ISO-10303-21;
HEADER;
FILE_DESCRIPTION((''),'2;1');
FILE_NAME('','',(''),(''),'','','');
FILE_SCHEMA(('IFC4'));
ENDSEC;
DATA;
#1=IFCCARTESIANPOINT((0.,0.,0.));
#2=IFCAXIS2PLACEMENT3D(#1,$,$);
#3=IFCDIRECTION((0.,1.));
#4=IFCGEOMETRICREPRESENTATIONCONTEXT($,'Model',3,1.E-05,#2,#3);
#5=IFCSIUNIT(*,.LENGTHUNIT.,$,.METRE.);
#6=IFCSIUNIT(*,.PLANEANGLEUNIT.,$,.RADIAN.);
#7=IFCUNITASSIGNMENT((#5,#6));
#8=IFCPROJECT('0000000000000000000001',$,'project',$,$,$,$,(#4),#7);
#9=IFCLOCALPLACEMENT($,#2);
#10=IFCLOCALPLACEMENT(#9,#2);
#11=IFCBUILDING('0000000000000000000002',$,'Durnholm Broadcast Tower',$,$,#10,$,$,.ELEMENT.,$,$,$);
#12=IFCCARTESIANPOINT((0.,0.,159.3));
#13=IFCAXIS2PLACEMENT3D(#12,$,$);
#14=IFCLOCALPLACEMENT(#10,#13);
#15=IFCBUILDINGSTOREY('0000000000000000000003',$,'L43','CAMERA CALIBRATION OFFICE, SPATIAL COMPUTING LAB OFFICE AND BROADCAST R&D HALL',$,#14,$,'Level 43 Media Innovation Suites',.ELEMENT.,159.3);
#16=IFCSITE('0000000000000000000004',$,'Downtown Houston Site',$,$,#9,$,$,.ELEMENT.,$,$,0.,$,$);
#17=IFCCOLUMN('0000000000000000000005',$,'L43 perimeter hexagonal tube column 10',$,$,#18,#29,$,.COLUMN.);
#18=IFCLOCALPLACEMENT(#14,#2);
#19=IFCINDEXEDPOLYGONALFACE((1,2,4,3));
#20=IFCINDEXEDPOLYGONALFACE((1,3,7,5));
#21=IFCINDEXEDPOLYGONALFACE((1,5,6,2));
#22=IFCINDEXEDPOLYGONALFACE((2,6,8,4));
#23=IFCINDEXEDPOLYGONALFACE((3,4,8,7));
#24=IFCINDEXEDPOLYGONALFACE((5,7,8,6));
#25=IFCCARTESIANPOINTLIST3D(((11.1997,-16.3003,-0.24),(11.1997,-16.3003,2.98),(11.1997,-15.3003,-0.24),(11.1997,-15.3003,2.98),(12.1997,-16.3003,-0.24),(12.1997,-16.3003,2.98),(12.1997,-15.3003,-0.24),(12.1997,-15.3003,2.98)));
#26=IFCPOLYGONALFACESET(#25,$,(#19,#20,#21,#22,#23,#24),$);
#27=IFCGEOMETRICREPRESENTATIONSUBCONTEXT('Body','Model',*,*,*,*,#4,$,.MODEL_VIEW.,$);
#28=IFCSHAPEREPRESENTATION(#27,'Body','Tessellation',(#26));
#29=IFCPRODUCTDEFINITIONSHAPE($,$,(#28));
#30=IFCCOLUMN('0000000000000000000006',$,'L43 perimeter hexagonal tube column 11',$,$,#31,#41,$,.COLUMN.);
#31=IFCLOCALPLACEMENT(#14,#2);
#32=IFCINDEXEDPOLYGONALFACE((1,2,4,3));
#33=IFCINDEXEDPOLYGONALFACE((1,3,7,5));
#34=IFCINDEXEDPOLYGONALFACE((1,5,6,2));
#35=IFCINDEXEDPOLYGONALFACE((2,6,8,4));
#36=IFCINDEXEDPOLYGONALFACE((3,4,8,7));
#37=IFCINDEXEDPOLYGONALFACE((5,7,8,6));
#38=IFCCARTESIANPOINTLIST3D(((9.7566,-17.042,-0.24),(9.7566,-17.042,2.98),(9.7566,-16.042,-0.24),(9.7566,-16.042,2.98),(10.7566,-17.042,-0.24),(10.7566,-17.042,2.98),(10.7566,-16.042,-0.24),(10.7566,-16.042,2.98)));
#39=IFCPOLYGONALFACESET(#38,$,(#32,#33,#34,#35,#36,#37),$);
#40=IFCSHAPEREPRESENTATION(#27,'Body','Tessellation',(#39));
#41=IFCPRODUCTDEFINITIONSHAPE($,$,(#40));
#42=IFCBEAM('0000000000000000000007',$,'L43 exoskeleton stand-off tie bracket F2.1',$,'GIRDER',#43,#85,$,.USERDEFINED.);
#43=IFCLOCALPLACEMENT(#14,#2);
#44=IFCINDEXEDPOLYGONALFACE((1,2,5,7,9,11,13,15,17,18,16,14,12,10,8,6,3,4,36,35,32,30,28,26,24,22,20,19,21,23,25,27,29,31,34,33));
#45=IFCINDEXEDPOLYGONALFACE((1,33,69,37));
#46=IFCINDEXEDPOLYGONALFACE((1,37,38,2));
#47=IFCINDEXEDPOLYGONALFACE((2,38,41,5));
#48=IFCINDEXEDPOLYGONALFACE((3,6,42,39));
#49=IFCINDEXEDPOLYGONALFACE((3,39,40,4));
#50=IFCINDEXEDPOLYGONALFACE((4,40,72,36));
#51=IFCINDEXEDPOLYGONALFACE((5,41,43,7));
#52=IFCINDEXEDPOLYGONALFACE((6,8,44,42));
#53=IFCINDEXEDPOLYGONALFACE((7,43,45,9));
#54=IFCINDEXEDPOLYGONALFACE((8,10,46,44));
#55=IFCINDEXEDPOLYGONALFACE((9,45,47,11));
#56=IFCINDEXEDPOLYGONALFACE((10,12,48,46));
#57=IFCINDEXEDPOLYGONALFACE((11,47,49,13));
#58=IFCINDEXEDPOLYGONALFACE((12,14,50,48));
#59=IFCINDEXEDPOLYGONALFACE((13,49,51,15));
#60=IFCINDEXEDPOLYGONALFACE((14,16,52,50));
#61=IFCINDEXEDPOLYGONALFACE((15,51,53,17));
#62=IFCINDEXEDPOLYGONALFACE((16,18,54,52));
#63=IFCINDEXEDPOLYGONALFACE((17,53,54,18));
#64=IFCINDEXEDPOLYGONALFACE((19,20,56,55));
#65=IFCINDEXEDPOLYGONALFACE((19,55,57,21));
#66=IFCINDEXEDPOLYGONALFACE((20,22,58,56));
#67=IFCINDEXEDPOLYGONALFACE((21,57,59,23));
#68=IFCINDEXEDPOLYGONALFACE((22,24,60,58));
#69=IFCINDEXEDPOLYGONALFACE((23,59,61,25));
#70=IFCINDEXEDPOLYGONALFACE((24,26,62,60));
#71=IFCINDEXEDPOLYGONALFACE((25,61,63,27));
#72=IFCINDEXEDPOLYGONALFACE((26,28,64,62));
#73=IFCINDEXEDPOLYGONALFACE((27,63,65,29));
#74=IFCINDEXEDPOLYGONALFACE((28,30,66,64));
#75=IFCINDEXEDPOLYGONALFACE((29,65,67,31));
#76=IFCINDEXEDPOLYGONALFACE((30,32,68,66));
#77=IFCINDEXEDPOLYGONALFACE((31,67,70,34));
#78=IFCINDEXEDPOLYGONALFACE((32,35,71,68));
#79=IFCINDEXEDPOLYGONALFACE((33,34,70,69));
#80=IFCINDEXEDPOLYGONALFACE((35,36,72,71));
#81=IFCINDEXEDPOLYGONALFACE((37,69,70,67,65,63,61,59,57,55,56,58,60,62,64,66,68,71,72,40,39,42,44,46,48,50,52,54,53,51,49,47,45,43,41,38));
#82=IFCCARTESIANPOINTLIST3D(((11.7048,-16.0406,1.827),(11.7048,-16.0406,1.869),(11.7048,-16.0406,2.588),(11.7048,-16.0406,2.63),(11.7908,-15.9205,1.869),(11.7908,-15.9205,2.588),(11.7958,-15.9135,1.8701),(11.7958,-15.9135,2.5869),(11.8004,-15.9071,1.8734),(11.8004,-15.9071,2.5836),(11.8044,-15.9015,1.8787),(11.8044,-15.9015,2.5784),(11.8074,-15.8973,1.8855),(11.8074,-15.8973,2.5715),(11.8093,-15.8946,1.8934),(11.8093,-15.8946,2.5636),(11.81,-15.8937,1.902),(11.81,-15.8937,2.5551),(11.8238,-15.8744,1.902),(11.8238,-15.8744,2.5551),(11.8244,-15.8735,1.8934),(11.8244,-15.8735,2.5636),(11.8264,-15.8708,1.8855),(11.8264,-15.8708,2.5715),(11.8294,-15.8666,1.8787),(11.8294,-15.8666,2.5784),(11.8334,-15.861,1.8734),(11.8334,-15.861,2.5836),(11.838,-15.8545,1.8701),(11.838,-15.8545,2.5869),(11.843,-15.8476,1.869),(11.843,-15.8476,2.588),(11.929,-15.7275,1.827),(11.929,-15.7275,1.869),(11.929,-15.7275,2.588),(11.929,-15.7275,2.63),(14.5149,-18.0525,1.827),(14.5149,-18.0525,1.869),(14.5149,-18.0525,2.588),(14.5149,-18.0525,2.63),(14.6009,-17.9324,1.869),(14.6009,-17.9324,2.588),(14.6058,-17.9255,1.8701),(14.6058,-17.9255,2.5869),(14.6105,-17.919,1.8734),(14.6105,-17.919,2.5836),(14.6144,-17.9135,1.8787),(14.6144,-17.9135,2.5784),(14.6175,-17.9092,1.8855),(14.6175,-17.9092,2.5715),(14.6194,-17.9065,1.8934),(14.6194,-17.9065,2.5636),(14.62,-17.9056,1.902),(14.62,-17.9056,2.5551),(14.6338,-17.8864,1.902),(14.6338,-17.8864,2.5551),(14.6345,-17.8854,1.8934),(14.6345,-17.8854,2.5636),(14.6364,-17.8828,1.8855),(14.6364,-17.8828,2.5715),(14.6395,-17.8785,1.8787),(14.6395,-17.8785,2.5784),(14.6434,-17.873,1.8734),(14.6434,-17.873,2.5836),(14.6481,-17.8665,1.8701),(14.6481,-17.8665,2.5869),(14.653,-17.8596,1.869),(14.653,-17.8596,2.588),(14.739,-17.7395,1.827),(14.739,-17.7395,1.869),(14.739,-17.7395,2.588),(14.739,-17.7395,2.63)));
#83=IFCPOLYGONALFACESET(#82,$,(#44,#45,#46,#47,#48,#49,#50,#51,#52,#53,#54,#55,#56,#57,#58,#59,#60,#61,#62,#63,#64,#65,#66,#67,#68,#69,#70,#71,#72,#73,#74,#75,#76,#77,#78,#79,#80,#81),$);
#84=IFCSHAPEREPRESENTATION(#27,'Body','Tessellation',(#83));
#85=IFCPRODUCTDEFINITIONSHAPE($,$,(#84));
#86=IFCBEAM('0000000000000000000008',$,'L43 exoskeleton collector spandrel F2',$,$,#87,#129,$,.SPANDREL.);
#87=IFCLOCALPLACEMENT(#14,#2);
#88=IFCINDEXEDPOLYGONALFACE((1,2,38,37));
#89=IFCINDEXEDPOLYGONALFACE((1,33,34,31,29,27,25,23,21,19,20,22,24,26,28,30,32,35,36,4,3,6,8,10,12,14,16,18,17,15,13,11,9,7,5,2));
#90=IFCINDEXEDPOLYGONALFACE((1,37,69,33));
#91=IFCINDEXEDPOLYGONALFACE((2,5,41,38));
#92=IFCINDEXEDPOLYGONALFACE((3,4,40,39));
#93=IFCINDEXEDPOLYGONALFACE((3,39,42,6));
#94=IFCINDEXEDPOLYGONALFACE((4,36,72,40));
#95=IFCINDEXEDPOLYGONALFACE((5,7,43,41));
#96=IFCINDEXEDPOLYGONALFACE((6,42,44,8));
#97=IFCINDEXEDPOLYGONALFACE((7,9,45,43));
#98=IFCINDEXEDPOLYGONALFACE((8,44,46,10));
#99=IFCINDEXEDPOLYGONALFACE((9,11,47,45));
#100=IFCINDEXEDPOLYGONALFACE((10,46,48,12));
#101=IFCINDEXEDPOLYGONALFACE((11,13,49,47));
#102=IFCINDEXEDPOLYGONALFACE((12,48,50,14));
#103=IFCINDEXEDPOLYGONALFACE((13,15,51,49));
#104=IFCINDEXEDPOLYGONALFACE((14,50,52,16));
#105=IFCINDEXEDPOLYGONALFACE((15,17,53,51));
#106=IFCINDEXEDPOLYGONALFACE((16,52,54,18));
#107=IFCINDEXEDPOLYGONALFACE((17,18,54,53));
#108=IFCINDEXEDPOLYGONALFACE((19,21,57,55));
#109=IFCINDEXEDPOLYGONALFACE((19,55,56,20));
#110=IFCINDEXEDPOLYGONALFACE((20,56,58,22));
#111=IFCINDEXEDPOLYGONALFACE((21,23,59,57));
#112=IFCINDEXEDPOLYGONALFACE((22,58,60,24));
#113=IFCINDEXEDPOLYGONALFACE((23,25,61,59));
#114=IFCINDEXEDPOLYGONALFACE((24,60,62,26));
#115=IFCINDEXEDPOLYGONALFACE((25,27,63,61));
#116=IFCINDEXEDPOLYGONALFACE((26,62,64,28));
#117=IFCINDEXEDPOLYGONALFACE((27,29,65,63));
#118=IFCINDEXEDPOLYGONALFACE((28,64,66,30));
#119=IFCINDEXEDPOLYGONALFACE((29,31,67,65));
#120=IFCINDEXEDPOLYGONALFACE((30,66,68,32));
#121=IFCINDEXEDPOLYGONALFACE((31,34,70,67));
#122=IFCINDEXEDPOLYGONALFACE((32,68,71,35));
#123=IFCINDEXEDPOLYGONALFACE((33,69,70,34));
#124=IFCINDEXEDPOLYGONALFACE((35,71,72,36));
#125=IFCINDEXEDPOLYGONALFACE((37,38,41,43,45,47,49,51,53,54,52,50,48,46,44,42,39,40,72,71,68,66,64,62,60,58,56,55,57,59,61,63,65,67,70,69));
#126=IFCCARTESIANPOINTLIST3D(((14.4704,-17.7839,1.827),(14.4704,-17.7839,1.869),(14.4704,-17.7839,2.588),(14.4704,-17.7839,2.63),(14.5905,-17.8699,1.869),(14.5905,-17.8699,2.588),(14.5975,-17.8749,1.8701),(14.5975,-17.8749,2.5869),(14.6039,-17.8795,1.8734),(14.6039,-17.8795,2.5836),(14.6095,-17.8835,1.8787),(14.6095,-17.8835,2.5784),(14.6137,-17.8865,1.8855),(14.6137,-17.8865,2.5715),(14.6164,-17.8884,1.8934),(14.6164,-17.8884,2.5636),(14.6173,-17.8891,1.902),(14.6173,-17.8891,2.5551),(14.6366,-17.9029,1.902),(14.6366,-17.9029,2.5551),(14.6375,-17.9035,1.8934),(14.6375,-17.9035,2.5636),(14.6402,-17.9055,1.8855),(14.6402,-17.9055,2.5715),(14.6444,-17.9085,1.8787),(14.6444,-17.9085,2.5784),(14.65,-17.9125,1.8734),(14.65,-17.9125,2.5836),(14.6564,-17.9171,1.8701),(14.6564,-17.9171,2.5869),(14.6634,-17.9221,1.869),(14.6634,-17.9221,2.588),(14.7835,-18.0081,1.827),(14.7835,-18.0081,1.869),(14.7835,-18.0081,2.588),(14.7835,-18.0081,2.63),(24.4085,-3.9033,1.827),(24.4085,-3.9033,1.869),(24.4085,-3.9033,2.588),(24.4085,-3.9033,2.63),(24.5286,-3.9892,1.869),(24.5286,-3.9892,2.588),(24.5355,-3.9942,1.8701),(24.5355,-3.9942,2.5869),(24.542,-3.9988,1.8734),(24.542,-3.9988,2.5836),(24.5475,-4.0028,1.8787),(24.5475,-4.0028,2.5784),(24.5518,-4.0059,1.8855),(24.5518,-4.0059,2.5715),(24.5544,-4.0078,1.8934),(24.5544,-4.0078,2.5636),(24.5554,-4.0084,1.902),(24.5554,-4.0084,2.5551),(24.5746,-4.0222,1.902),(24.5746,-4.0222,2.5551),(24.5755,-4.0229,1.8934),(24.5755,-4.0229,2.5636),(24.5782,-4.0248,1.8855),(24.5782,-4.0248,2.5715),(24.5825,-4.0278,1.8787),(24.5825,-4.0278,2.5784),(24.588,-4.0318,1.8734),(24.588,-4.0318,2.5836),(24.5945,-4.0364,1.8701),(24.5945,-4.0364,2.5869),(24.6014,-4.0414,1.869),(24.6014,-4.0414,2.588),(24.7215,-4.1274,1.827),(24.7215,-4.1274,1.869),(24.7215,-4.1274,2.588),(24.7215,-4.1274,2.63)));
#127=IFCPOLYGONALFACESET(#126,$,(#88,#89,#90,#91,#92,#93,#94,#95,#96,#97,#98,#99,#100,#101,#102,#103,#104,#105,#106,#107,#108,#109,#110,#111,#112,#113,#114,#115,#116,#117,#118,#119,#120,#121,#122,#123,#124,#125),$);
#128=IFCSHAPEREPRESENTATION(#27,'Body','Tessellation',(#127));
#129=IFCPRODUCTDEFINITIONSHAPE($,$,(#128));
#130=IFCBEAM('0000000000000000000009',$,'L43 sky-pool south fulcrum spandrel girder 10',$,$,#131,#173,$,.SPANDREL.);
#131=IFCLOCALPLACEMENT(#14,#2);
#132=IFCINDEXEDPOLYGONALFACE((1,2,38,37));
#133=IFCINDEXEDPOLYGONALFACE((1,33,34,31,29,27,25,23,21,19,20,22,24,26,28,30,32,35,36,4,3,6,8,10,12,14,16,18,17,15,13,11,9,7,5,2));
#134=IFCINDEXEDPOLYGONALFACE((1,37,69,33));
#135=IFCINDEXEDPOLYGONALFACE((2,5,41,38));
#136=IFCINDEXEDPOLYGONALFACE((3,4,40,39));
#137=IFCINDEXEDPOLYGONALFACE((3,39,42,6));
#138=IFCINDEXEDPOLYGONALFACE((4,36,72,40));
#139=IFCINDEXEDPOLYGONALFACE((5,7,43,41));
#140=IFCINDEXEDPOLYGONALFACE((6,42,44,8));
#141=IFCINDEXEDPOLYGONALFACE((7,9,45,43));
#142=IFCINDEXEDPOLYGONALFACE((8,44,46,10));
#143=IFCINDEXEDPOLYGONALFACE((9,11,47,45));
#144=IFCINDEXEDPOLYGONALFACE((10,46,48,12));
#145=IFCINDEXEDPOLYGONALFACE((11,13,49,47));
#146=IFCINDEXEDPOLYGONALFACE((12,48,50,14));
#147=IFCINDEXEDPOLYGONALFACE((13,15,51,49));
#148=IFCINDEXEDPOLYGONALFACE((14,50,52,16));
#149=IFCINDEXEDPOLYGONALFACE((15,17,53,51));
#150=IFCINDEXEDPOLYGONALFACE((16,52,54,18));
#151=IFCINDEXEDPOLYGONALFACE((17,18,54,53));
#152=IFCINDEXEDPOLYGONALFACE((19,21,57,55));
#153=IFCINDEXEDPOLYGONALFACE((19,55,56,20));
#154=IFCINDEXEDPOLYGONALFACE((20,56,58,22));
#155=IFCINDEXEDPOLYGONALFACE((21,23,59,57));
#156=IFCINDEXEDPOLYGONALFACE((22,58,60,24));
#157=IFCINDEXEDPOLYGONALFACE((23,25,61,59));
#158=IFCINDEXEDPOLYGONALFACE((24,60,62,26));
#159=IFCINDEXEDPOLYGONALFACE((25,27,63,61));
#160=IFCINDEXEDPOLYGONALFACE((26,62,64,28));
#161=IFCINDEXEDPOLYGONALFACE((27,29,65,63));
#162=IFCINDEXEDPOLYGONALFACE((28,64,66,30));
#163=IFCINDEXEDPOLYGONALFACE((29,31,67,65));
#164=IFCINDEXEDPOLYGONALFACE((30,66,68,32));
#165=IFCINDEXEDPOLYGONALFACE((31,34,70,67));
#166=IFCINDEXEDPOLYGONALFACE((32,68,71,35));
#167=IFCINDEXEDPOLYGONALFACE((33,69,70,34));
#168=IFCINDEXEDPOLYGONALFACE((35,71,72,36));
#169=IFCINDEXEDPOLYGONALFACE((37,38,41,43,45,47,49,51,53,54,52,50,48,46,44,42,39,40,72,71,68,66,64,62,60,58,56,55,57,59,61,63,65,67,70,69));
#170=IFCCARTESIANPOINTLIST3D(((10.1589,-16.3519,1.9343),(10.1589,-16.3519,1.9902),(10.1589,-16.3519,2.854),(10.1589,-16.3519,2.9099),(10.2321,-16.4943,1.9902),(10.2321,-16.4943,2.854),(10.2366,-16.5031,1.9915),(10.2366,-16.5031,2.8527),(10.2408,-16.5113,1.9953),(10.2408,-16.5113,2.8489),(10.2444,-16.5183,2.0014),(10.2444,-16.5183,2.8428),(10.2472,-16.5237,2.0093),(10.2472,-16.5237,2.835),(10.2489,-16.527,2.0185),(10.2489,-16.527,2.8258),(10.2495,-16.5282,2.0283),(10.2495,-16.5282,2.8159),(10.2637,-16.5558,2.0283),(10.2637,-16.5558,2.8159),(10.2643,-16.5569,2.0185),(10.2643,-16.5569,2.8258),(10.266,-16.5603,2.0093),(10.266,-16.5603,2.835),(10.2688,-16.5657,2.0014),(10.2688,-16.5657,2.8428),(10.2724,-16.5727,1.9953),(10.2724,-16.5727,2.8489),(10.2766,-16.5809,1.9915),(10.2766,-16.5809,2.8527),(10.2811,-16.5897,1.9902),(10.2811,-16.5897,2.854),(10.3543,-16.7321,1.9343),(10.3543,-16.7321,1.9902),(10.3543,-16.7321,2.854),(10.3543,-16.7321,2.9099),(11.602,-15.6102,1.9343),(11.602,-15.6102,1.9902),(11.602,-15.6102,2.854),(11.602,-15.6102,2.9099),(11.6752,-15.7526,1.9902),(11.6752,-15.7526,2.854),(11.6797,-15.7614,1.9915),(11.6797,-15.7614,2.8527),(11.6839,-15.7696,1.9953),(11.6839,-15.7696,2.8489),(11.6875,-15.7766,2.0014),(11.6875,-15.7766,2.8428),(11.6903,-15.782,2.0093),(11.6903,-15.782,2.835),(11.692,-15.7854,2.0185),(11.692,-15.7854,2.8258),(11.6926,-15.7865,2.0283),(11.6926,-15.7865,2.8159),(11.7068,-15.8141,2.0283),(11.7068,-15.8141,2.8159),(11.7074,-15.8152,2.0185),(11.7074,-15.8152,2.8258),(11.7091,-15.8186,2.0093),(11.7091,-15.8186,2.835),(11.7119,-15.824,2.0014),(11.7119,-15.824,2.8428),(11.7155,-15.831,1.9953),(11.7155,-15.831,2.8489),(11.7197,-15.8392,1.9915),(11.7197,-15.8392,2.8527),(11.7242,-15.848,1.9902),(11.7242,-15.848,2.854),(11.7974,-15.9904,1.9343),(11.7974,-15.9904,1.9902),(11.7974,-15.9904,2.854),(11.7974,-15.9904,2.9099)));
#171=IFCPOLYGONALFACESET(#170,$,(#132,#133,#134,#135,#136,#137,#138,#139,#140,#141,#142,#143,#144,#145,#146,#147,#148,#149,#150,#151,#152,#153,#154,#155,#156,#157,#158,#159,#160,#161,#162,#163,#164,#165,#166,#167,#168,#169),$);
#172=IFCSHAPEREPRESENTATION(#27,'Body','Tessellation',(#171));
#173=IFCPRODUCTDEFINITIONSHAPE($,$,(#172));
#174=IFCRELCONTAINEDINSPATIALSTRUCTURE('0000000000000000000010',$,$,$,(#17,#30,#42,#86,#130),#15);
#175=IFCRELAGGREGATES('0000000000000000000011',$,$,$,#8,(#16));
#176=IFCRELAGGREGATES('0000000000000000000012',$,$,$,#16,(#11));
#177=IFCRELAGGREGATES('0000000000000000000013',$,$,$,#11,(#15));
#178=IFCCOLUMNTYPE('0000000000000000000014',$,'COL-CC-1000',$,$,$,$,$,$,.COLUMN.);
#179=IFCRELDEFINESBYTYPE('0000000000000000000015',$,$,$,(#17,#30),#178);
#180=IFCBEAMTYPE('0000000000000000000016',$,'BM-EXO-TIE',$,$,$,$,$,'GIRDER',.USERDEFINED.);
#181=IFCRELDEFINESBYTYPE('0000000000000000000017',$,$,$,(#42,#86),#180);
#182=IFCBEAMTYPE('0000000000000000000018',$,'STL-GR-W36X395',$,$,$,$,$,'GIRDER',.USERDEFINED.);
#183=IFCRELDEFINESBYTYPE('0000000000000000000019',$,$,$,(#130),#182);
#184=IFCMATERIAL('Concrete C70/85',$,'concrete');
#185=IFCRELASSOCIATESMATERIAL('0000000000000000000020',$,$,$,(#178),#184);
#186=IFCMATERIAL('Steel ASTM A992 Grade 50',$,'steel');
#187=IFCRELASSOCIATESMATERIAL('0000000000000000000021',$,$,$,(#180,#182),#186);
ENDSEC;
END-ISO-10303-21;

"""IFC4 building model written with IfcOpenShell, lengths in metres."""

from ifc_helpers import new_model, si_unit, direction, frame, origin, origin_2d, place, context, subcontext, project, spatial, rectangle, i_section, extrude, source, transform, mapped, material, material_profile, profile_set, type_object, type_shapes, element, save


model = new_model("IFC4")

# Units and contexts
model_context = context("Model", 3, precision=1e-05, world=origin(), true_north=direction((0.0, 1.0)))
body_context = subcontext(model_context, "Body", "Model", "MODEL_VIEW")
ifc_project = project(units=[si_unit("LENGTHUNIT", "METRE"), si_unit("PLANEANGLEUNIT", "RADIAN")], contexts=[model_context])

# Site, building, storey
site_placement = place(None, origin())
site = spatial("IfcSite", under=ifc_project, at=site_placement, Name="Downtown Houston Site", CompositionType="ELEMENT", RefElevation=0.0)
building_placement = place(site_placement, origin())
building = spatial("IfcBuilding", under=site, at=building_placement, Name="Durnholm Broadcast Tower", CompositionType="ELEMENT")
storey_placement = place(building_placement, frame((0.0, 0.0, 159.3)))
storey = spatial("IfcBuildingStorey", under=building, at=storey_placement, Name="L43", Description="CAMERA CALIBRATION OFFICE, SPATIAL COMPUTING LAB OFFICE AND BROADCAST R&D HALL", LongName="Level 43 Media Innovation Suites", CompositionType="ELEMENT", Elevation=159.3)

# Columns
ifc_material_1 = material(Name="Concrete C70/85", Category="concrete")
ifc_material_profile_1 = material_profile(ifc_material_1, rectangle(XDim=1.0, YDim=1.0, at=origin_2d()), Name="RC1000X1000")
ifc_profile_set_1 = profile_set([ifc_material_profile_1], Name="Concrete C70/85")
column_type = type_object("IfcColumnType", Name="COL-CC-1000", PredefinedType="COLUMN", material=ifc_profile_set_1)
shared_shape_1 = source(origin(), body_context, "Body", "SweptSolid", [
    extrude(rectangle(XDim=1.0, YDim=1.0, at=origin_2d()), origin(), (0.0, 0.0, 1.0), 3.22),
])
type_shapes(column_type, [shared_shape_1])
for number, where, z_axis, x_axis, name in (
    (1, (11.6997, -15.8003, -0.24), (0.0, 0.0, 1.0), (1.0, 0.0, 0.0), "L43 perimeter hexagonal tube column 10"),
    (2, (10.2566, -16.542, -0.24), (0.0, 0.0, 1.0), (1.0, 0.0, 0.0), "L43 perimeter hexagonal tube column 11"),
):
    element("IfcColumn", number, at=place(storey_placement, frame(where, z_axis=z_axis, x_axis=x_axis)), inside=storey, type_object=column_type, Name=name, PredefinedType="COLUMN", context=body_context, shape_type="MappedRepresentation", body=[
        mapped(shared_shape_1, transform((0.0, 0.0, 0.0), x_axis=(1.0, 0.0, 0.0), y_axis=(0.0, 1.0, 0.0), z_axis=(0.0, 0.0, 1.0), scale=1.0)),
    ])

# Beams
ifc_material_2 = material(Name="Steel ASTM A992 Grade 50", Category="steel")
ifc_material_profile_2 = material_profile(ifc_material_2, i_section(OverallWidth=0.385, OverallDepth=0.803, WebThickness=0.0237, FlangeThickness=0.042, FilletRadius=0.033, at=origin_2d()), Name="W30X261")
ifc_profile_set_2 = profile_set([ifc_material_profile_2], Name="Steel ASTM A992 Grade 50")
beam_type_1 = type_object("IfcBeamType", Name="BM-EXO-TIE", ElementType="GIRDER", PredefinedType="USERDEFINED", material=ifc_profile_set_2)
shared_shape_2 = source(origin(), body_context, "Body", "SweptSolid", [
    extrude(i_section(OverallWidth=0.385, OverallDepth=0.803, WebThickness=0.0237, FlangeThickness=0.042, FilletRadius=0.033, at=origin_2d()), origin(), (0.0, 0.0, 1.0), 3.4561),
])
beam_1_placement = place(storey_placement, frame((11.8169, -15.884, 2.2285), z_axis=(0.813079, -0.582153, 0.0), x_axis=(0.582153, 0.813079, 0.0)))
element("IfcBeam", 3, at=beam_1_placement, inside=storey, type_object=beam_type_1, Name="L43 exoskeleton stand-off tie bracket F2.1", ObjectType="GIRDER", PredefinedType="USERDEFINED", context=body_context, shape_type="MappedRepresentation", body=[
    mapped(shared_shape_2, transform((0.0, 0.0, 0.0), x_axis=(1.0, 0.0, 0.0), y_axis=(0.0, 1.0, 0.0), z_axis=(0.0, 0.0, 1.0), scale=1.0)),
])
shared_shape_3 = source(origin(), body_context, "Body", "SweptSolid", [
    extrude(i_section(OverallWidth=0.385, OverallDepth=0.803, WebThickness=0.0237, FlangeThickness=0.042, FilletRadius=0.033, at=origin_2d()), origin(), (0.0, 0.0, 1.0), 17.0715),
])
type_shapes(beam_type_1, [shared_shape_2, shared_shape_3])
beam_2_placement = place(storey_placement, frame((14.627, -17.896, 2.2285), z_axis=(0.58214, 0.813088, 0.0), x_axis=(-0.813088, 0.58214, 0.0)))
element("IfcBeam", 4, at=beam_2_placement, inside=storey, type_object=beam_type_1, Name="L43 exoskeleton collector spandrel F2", PredefinedType="SPANDREL", context=body_context, shape_type="MappedRepresentation", body=[
    mapped(shared_shape_3, transform((0.0, 0.0, 0.0), x_axis=(1.0, 0.0, 0.0), y_axis=(0.0, 1.0, 0.0), z_axis=(0.0, 0.0, 1.0), scale=1.0)),
])
ifc_material_profile_3 = material_profile(ifc_material_2, i_section(OverallWidth=0.4275, OverallDepth=0.9756, WebThickness=0.031, FlangeThickness=0.0559, FilletRadius=0.0381, at=origin_2d()), Name="W36X395")
ifc_profile_set_3 = profile_set([ifc_material_profile_3], Name="Steel ASTM A992 Grade 50")
beam_type_2 = type_object("IfcBeamType", Name="STL-GR-W36X395", ElementType="GIRDER", PredefinedType="USERDEFINED", material=ifc_profile_set_3)
shared_shape_4 = source(origin(), body_context, "Body", "SweptSolid", [
    extrude(i_section(OverallWidth=0.4275, OverallDepth=0.9756, WebThickness=0.031, FlangeThickness=0.0559, FilletRadius=0.0381, at=origin_2d()), origin(), (0.0, 0.0, 1.0), 1.6226),
])
beam_3_placement = place(storey_placement, frame((11.6997, -15.8003, 2.4221), z_axis=(-0.889407, -0.457117, 0.0), x_axis=(0.457117, -0.889407, 0.0)))
element("IfcBeam", 5, at=beam_3_placement, inside=storey, type_object=beam_type_2, Name="L43 sky-pool south fulcrum spandrel girder 10", PredefinedType="SPANDREL", context=body_context, shape_type="MappedRepresentation", body=[
    mapped(shared_shape_4, transform((0.0, 0.0, 0.0), x_axis=(1.0, 0.0, 0.0), y_axis=(0.0, 1.0, 0.0), z_axis=(0.0, 0.0, 1.0), scale=1.0)),
])

save(model, "model.ifc")
